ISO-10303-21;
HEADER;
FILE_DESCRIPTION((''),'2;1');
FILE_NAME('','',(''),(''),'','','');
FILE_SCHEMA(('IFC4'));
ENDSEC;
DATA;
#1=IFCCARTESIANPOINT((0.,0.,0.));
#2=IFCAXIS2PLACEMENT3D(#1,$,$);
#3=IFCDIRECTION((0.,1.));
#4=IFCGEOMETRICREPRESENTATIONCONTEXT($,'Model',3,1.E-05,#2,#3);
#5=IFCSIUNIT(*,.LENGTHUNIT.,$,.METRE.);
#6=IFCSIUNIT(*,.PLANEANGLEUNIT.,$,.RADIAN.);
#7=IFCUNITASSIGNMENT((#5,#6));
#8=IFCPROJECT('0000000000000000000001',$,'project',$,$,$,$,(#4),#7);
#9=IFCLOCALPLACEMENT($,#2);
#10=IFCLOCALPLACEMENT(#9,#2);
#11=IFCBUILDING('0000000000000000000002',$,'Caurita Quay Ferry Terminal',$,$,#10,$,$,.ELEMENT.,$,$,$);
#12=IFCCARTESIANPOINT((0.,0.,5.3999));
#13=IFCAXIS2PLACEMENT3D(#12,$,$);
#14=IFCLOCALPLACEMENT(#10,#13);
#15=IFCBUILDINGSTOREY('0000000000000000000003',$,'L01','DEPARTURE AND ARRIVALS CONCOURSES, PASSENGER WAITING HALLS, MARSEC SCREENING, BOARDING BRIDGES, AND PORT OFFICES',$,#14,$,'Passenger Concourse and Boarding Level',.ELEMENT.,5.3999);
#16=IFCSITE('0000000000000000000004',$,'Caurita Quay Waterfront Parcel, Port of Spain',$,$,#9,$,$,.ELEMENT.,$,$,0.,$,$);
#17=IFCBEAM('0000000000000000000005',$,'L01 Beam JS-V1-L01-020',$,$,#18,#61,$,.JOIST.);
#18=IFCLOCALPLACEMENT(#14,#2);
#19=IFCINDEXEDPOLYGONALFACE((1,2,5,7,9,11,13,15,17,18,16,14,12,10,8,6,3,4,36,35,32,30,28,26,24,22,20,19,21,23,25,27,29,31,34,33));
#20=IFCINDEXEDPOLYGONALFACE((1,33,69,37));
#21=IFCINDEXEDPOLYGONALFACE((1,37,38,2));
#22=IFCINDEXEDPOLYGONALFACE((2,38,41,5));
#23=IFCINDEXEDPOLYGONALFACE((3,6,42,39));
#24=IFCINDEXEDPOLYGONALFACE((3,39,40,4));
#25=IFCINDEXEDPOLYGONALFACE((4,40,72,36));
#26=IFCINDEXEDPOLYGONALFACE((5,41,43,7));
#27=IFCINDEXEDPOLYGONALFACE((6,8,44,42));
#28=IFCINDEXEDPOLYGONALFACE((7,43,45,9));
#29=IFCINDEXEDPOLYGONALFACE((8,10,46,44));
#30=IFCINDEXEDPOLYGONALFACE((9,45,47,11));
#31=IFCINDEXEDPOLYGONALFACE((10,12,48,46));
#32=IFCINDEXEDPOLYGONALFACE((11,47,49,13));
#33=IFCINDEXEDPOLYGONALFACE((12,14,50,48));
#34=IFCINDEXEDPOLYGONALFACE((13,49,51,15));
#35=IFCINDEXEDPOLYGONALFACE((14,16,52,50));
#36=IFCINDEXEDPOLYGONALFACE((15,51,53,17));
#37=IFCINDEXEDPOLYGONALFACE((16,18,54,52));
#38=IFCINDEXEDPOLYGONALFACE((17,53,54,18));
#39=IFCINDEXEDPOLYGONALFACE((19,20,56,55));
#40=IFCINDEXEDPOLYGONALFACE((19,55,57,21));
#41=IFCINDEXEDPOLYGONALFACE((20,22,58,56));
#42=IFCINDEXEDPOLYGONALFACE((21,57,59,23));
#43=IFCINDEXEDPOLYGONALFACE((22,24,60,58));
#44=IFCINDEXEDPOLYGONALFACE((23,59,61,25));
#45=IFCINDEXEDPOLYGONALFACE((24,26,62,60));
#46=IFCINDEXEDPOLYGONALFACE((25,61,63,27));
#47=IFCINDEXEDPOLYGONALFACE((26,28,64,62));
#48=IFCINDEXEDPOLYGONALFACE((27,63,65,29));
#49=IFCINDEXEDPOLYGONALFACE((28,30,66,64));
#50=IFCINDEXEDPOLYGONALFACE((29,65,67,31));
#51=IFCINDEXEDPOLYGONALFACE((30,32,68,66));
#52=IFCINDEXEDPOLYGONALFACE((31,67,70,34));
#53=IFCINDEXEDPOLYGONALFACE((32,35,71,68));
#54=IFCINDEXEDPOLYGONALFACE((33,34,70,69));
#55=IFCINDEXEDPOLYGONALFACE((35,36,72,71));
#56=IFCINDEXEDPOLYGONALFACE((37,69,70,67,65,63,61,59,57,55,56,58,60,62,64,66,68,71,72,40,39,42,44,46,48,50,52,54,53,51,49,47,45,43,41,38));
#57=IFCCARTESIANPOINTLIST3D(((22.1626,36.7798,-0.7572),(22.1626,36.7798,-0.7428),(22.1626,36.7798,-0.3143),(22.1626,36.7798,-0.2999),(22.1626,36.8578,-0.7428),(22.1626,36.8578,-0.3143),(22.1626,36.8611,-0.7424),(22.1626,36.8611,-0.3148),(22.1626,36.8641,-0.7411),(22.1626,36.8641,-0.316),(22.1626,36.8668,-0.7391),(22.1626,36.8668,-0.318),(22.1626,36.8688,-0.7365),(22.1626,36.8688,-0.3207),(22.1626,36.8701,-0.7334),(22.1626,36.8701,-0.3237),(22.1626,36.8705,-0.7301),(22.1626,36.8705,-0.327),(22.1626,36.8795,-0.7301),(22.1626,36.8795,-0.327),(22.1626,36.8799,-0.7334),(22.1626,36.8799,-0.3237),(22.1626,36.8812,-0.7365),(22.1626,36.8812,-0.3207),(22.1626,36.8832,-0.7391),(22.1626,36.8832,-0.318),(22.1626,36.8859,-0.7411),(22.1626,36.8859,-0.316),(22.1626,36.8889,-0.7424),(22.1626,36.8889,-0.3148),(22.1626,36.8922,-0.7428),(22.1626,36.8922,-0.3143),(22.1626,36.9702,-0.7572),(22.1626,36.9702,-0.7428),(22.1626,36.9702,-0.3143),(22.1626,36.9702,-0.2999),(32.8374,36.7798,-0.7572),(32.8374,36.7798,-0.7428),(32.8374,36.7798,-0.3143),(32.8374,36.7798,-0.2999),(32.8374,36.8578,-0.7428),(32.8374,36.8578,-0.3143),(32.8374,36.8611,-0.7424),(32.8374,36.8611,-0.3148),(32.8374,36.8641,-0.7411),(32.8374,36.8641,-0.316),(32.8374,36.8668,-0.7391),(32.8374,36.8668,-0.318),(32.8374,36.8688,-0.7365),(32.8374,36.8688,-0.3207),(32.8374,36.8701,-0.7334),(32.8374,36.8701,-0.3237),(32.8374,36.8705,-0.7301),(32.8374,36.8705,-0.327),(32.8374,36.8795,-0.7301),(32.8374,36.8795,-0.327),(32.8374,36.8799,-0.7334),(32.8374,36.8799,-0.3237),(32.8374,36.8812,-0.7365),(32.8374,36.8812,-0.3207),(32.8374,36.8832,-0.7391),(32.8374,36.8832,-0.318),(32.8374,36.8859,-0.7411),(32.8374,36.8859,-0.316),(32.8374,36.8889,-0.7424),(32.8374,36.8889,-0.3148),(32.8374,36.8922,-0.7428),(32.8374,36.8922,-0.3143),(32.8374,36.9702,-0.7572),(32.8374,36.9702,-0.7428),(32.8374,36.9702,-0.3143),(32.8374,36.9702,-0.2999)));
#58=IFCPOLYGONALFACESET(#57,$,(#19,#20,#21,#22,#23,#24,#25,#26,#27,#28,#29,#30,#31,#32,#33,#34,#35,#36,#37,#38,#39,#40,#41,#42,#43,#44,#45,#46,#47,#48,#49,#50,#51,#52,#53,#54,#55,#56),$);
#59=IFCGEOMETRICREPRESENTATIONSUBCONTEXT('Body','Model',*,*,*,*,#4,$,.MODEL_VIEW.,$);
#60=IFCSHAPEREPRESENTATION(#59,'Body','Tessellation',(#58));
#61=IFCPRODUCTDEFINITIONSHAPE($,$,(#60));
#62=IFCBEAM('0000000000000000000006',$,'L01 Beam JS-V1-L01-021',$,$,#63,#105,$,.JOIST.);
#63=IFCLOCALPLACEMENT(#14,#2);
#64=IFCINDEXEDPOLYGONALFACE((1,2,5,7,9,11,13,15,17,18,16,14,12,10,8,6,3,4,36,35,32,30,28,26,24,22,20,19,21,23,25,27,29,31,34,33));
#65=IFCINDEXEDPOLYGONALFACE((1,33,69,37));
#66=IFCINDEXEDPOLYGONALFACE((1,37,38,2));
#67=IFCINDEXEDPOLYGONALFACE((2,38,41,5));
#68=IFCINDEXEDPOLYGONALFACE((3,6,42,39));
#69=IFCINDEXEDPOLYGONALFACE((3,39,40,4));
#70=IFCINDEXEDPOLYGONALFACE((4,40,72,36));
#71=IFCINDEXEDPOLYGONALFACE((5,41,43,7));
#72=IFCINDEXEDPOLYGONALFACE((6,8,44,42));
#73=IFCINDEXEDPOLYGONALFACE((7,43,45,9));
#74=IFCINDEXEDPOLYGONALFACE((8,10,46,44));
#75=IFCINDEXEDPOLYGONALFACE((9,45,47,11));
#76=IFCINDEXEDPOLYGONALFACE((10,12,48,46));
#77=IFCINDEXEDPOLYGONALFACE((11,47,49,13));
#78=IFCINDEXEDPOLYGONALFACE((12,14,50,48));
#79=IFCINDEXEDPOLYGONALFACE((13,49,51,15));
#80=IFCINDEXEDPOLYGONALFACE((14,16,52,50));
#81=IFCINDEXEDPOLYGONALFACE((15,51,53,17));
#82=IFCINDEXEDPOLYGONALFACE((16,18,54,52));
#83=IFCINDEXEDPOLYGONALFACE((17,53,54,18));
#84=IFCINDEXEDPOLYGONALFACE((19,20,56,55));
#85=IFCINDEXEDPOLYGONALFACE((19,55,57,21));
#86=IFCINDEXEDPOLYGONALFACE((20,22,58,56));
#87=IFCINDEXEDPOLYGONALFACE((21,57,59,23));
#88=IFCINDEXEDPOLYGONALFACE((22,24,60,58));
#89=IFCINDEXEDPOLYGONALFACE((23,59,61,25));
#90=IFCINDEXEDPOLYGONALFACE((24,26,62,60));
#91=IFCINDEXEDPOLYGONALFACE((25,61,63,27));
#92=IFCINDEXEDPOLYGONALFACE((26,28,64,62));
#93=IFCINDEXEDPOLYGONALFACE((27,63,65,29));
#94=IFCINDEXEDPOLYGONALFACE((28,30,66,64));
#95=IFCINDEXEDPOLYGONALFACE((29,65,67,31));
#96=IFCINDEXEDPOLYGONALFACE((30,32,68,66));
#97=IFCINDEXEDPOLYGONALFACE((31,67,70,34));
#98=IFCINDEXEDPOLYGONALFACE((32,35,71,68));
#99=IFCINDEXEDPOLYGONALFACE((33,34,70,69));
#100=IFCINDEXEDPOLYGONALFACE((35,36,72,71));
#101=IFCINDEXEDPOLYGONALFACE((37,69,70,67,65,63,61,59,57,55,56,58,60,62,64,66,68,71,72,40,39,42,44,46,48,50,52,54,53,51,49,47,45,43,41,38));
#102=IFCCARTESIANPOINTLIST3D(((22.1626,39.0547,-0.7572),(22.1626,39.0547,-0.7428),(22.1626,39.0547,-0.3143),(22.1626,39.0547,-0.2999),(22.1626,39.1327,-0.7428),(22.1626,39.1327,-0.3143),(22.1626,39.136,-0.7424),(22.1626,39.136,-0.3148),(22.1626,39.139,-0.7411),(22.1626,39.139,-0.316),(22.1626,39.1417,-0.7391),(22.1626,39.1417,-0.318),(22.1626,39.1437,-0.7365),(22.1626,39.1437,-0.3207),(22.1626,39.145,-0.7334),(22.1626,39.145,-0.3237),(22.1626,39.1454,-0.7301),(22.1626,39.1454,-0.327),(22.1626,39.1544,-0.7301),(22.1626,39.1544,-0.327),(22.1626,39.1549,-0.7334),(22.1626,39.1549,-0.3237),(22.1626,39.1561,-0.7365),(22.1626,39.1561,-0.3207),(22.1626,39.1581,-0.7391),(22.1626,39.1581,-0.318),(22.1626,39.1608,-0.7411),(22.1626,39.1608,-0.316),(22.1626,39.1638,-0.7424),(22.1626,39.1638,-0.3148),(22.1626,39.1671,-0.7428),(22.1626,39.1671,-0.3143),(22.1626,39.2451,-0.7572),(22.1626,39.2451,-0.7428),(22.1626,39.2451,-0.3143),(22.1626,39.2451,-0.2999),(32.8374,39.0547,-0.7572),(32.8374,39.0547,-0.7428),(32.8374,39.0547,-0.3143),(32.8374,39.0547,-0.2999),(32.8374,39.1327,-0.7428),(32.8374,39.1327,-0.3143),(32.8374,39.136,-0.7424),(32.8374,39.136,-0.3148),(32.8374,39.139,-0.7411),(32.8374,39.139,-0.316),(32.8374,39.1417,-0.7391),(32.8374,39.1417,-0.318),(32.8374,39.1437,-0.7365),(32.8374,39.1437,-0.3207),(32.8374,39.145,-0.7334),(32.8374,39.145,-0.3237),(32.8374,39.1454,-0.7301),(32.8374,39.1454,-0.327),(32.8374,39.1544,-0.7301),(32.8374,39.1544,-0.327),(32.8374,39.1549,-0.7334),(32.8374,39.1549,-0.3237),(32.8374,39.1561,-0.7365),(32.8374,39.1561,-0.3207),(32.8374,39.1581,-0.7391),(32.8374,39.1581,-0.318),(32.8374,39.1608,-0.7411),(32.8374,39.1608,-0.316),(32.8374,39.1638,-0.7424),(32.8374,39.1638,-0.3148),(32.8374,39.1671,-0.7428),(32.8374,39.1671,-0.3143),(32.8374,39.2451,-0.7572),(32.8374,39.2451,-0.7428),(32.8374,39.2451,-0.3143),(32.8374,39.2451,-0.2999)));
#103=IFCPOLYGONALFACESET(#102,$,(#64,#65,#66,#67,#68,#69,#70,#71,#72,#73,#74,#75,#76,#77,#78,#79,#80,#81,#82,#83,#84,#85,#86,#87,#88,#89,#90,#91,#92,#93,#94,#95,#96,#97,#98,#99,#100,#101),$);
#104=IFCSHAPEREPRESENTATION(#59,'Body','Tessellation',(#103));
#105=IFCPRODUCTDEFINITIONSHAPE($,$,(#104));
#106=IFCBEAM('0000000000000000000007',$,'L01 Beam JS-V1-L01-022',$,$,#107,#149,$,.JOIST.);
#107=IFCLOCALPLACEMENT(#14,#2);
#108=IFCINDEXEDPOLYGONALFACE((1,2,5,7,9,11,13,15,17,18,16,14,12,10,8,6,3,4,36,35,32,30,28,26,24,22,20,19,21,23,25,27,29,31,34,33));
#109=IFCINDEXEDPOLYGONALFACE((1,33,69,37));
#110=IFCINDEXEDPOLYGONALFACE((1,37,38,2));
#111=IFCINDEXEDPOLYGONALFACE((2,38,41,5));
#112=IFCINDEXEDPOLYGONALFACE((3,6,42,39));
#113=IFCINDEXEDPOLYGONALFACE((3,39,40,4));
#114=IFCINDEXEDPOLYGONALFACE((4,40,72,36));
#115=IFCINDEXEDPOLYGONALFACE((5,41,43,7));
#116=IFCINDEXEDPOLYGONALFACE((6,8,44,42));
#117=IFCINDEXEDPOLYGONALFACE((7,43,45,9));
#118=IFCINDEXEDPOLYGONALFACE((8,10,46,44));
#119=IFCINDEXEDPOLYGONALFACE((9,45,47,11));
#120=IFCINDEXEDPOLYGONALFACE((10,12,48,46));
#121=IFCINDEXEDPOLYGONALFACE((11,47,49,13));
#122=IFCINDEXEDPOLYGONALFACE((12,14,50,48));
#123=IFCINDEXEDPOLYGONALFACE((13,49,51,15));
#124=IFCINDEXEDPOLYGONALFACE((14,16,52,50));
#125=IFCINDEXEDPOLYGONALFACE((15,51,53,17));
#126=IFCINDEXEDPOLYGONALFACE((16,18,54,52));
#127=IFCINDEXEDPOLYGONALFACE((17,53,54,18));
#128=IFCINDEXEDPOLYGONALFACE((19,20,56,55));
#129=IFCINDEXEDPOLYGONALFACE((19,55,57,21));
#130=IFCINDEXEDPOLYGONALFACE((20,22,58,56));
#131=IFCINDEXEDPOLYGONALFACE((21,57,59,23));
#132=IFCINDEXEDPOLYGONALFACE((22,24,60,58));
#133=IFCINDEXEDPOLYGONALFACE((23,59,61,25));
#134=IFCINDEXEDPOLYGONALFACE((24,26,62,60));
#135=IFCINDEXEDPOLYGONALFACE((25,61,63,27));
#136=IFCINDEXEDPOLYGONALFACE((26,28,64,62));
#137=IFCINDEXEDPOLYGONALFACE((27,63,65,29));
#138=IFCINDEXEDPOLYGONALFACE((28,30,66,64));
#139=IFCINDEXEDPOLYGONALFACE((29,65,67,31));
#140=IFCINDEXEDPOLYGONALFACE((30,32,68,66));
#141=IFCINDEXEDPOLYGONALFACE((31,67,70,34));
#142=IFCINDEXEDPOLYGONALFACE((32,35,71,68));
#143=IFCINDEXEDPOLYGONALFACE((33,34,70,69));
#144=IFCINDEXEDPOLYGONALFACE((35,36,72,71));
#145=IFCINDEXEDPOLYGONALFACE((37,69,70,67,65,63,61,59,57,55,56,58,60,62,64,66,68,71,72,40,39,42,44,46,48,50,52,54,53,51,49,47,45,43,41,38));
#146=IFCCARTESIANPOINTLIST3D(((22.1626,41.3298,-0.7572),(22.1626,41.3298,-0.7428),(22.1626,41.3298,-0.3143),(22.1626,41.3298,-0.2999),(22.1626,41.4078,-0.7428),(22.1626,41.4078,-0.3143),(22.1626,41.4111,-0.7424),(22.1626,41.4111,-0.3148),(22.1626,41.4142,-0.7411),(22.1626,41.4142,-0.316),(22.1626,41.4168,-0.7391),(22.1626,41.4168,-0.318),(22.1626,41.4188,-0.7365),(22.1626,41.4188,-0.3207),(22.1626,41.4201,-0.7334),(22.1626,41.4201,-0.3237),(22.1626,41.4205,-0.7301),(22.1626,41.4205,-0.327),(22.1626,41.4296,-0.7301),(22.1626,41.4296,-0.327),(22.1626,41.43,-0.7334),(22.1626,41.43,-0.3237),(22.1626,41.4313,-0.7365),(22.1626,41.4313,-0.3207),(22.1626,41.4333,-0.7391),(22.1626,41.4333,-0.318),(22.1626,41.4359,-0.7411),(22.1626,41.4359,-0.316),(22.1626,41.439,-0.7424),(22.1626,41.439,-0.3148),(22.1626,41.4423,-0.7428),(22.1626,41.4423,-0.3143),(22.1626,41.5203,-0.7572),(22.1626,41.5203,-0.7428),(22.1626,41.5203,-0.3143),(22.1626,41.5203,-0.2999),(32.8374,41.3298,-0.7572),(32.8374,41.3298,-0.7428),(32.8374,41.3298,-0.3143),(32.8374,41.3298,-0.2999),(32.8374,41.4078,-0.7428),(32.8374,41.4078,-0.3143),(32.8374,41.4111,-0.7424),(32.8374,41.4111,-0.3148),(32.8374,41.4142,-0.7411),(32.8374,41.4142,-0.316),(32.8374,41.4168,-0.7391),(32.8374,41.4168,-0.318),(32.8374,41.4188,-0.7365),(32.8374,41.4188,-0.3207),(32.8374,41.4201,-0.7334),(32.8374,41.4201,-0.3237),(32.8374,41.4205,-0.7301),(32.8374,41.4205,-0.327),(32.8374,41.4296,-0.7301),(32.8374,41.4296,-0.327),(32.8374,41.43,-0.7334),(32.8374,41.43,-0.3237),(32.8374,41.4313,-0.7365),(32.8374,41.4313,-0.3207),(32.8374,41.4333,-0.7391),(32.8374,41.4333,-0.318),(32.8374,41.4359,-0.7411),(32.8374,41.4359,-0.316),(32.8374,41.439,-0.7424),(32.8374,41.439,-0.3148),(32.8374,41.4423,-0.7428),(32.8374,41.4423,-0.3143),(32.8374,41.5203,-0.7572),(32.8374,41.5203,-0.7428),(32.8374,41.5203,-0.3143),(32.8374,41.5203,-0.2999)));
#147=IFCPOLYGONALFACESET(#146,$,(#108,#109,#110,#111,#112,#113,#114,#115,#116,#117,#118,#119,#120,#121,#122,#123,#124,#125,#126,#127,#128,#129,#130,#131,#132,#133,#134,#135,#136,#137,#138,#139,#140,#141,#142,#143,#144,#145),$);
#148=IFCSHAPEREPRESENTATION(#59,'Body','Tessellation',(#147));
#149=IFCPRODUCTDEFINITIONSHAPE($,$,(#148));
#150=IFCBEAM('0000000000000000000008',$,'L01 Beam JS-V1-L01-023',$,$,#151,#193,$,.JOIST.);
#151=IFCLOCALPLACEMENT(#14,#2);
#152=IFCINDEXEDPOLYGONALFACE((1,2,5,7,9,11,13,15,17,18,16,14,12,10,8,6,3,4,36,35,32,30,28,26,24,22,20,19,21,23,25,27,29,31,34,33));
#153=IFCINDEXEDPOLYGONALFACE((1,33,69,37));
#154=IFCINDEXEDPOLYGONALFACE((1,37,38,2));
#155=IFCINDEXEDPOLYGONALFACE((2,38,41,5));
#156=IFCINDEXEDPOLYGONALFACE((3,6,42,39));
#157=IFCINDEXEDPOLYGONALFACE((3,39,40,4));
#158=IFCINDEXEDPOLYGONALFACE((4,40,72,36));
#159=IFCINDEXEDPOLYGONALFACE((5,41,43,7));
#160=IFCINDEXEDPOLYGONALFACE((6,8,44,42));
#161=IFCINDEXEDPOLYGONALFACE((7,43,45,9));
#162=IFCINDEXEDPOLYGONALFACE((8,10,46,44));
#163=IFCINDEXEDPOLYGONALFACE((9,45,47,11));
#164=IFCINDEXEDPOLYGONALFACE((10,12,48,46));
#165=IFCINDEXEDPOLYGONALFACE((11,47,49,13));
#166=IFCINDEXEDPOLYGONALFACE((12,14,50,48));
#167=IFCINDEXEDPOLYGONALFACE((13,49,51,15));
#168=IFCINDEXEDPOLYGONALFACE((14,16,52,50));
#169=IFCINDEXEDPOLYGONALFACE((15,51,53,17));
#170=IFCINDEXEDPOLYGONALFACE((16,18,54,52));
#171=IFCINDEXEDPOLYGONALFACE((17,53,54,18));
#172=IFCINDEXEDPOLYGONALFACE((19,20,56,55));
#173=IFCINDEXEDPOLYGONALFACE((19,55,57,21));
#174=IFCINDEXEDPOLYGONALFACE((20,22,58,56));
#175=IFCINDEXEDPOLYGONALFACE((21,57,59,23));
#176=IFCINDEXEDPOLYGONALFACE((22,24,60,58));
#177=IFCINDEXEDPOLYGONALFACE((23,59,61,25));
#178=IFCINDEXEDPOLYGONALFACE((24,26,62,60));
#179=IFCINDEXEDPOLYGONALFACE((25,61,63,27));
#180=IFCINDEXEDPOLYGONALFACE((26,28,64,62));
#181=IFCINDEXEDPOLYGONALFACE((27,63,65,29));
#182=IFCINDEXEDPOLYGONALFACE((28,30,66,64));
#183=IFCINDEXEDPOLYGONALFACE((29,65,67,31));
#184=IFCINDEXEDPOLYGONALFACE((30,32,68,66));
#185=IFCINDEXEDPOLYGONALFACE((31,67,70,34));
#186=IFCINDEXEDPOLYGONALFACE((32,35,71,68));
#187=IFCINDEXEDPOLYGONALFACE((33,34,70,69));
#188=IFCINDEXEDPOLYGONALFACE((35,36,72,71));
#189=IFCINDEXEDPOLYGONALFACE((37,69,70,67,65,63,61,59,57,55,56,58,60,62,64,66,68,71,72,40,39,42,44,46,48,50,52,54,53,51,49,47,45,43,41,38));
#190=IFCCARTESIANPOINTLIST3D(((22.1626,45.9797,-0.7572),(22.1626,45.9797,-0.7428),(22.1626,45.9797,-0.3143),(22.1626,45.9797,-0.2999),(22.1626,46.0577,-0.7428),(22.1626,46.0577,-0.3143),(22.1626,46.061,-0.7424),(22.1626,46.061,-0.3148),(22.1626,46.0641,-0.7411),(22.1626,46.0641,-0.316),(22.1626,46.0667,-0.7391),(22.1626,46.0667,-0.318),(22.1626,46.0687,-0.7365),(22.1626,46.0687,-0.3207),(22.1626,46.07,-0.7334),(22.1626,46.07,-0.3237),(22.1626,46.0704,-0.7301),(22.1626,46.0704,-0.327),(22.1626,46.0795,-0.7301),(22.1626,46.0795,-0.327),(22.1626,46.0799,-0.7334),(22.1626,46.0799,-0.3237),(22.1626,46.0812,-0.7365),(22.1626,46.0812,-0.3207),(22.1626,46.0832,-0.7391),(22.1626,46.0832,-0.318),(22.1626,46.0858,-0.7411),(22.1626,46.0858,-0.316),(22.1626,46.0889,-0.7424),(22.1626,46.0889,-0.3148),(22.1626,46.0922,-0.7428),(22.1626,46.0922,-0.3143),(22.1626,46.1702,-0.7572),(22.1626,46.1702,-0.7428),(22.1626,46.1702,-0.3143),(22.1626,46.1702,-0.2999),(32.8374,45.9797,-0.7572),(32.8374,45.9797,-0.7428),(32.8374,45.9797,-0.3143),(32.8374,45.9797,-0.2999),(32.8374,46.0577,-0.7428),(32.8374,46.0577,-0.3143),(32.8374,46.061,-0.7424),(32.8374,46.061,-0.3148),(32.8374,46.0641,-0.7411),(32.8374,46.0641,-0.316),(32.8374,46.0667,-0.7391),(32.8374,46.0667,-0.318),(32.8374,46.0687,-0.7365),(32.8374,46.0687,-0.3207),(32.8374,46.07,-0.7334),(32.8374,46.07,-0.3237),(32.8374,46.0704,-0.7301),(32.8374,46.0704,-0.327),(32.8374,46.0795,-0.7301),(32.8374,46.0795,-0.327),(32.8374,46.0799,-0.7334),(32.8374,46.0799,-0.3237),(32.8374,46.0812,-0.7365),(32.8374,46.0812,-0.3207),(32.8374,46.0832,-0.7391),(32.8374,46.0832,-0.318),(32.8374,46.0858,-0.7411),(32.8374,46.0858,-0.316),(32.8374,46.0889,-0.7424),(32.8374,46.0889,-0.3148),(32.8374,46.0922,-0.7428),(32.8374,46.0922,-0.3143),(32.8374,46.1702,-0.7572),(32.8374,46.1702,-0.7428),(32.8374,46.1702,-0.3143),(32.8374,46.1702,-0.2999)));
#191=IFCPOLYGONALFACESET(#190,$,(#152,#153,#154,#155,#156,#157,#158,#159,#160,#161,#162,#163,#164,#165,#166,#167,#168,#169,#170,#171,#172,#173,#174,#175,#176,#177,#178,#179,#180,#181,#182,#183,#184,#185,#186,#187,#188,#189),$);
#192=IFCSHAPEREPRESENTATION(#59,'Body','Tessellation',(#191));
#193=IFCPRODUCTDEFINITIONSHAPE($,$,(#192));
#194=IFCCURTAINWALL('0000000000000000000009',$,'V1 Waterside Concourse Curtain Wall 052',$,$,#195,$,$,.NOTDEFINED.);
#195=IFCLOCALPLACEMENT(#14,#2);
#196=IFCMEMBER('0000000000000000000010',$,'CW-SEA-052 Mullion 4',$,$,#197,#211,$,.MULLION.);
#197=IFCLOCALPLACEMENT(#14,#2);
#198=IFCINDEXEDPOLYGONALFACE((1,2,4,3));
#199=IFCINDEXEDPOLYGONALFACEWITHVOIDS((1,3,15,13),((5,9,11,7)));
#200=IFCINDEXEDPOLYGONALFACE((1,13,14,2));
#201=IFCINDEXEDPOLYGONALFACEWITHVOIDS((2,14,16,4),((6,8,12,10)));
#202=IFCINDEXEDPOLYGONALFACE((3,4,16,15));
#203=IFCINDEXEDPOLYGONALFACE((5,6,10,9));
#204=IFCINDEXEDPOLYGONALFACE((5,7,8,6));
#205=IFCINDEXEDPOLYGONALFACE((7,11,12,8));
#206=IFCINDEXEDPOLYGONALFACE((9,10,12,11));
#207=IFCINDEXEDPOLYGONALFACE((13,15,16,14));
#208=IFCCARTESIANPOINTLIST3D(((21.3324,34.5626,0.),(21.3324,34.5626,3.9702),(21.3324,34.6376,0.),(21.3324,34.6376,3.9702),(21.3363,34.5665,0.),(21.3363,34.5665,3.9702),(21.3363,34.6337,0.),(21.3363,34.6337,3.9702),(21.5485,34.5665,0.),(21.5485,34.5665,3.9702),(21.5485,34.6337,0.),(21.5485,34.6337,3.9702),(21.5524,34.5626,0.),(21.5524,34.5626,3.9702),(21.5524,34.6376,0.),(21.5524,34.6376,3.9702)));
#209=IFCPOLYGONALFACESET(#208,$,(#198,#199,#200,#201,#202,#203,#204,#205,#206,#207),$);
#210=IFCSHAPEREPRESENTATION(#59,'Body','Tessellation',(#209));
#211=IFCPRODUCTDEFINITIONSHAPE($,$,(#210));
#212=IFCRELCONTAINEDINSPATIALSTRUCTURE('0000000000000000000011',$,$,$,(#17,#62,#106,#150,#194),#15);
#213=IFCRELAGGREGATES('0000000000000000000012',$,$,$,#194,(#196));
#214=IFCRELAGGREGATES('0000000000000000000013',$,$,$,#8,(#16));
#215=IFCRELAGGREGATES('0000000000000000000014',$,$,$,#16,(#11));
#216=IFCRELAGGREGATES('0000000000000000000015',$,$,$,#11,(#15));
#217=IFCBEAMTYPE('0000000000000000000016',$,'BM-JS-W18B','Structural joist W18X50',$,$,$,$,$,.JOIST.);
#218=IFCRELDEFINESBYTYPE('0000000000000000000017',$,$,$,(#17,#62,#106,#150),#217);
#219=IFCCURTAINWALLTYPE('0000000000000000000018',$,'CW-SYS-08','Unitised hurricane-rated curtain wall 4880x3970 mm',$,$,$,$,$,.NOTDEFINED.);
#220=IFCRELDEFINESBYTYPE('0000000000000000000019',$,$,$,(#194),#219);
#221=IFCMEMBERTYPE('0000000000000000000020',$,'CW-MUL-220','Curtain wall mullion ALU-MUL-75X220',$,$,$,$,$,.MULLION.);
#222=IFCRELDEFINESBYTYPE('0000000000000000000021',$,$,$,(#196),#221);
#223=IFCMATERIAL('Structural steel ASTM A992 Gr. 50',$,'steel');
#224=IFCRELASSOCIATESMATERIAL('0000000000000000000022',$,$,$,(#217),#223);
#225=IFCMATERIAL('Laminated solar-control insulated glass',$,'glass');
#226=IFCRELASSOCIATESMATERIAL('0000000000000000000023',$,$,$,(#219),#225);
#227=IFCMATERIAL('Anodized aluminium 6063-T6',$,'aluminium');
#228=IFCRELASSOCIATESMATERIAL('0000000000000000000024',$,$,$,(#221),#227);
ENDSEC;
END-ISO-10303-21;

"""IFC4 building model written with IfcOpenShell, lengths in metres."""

from ifc_helpers import new_model, si_unit, direction, frame, origin, origin_2d, place, context, subcontext, project, spatial, hollow_rectangle, i_section, extrude, material, material_profile, profile_set, type_object, element, aggregate, save


model = new_model("IFC4")

# Units and contexts
model_context = context("Model", 3, precision=1e-05, world=origin(), true_north=direction((0.0, 1.0)))
body_context = subcontext(model_context, "Body", "Model", "MODEL_VIEW")
ifc_project = project(units=[si_unit("LENGTHUNIT", "METRE"), si_unit("PLANEANGLEUNIT", "RADIAN")], contexts=[model_context])

# Site, building, storey
site_placement = place(None, origin())
site = spatial("IfcSite", under=ifc_project, at=site_placement, Name="Caurita Quay Waterfront Parcel, Port of Spain", CompositionType="ELEMENT", RefElevation=0.0)
building_placement = place(site_placement, origin())
building = spatial("IfcBuilding", under=site, at=building_placement, Name="Caurita Quay Ferry Terminal", CompositionType="ELEMENT")
storey_placement = place(building_placement, frame((0.0, 0.0, 5.3999)))
storey = spatial("IfcBuildingStorey", under=building, at=storey_placement, Name="L01", Description="DEPARTURE AND ARRIVALS CONCOURSES, PASSENGER WAITING HALLS, MARSEC SCREENING, BOARDING BRIDGES, AND PORT OFFICES", LongName="Passenger Concourse and Boarding Level", CompositionType="ELEMENT", Elevation=5.3999)

# Beams
ifc_material_1 = material(Name="Structural steel ASTM A992 Gr. 50", Category="steel")
ifc_material_profile_1 = material_profile(ifc_material_1, i_section(OverallWidth=0.1904, OverallDepth=0.4573, WebThickness=0.009, FlangeThickness=0.0144, FilletRadius=0.0127, at=origin_2d()), Name="W18X50")
ifc_profile_set_1 = profile_set([ifc_material_profile_1], Name="Structural steel ASTM A992 Gr. 50")
beam_type_1 = type_object("IfcBeamType", Name="BM-JS-W18B", Description="Structural joist W18X50", PredefinedType="JOIST", material=ifc_profile_set_1)
for number, where, z_axis, x_axis, name in (
    (1, (22.1626, 36.875, -0.5286), (1.0, 0.0, 0.0), (0.0, 1.0, 0.0), "L01 Beam JS-V1-L01-020"),
    (2, (22.1626, 39.1499, -0.5286), (1.0, 0.0, 0.0), (0.0, 1.0, 0.0), "L01 Beam JS-V1-L01-021"),
    (3, (22.1626, 41.425, -0.5286), (1.0, 0.0, 0.0), (0.0, 1.0, 0.0), "L01 Beam JS-V1-L01-022"),
    (4, (22.1626, 46.075, -0.5286), (1.0, 0.0, 0.0), (0.0, 1.0, 0.0), "L01 Beam JS-V1-L01-023"),
):
    element("IfcBeam", number, at=place(storey_placement, frame(where, z_axis=z_axis, x_axis=x_axis)), inside=storey, type_object=beam_type_1, Name=name, PredefinedType="JOIST", context=body_context, shape_type="SweptSolid", body=[
        extrude(i_section(OverallWidth=0.1904, OverallDepth=0.4573, WebThickness=0.009, FlangeThickness=0.0144, FilletRadius=0.0127, at=origin_2d()), origin(), (0.0, 0.0, 1.0), 10.6748),
    ])

# Curtain wall, member
ifc_material_2 = material(Name="Laminated solar-control insulated glass", Category="glass")
curtain_wall_type = type_object("IfcCurtainWallType", Name="CW-SYS-08", Description="Unitised hurricane-rated curtain wall 4880x3970 mm", PredefinedType="NOTDEFINED", material=ifc_material_2)
curtain_wall_1_placement = place(storey_placement, origin())
curtain_wall_1 = element("IfcCurtainWall", 5, at=curtain_wall_1_placement, inside=storey, type_object=curtain_wall_type, Name="V1 Waterside Concourse Curtain Wall 052", PredefinedType="NOTDEFINED")
ifc_material_3 = material(Name="Anodized aluminium 6063-T6", Category="aluminium")
ifc_material_profile_2 = material_profile(ifc_material_3, hollow_rectangle(XDim=0.075, YDim=0.22, WallThickness=0.0039, at=origin_2d()), Name="ALU-MUL-75X220")
ifc_profile_set_2 = profile_set([ifc_material_profile_2], Name="Anodized aluminium 6063-T6")
member_type_1 = type_object("IfcMemberType", Name="CW-MUL-220", Description="Curtain wall mullion ALU-MUL-75X220", PredefinedType="MULLION", material=ifc_profile_set_2)
member_1_placement = place(storey_placement, frame((21.4424, 34.6001, 0.0), z_axis=(0.0, 0.0, 1.0), x_axis=(0.0, 1.0, 0.0)))
member_1 = element("IfcMember", 6, at=member_1_placement, type_object=member_type_1, Name="CW-SEA-052 Mullion 4", PredefinedType="MULLION", context=body_context, shape_type="SweptSolid", body=[
    extrude(hollow_rectangle(XDim=0.075, YDim=0.22, WallThickness=0.0039, at=origin_2d()), origin(), (0.0, 0.0, 1.0), 3.9702),
])
aggregate(curtain_wall_1, [member_1])

save(model, "model.ifc")
